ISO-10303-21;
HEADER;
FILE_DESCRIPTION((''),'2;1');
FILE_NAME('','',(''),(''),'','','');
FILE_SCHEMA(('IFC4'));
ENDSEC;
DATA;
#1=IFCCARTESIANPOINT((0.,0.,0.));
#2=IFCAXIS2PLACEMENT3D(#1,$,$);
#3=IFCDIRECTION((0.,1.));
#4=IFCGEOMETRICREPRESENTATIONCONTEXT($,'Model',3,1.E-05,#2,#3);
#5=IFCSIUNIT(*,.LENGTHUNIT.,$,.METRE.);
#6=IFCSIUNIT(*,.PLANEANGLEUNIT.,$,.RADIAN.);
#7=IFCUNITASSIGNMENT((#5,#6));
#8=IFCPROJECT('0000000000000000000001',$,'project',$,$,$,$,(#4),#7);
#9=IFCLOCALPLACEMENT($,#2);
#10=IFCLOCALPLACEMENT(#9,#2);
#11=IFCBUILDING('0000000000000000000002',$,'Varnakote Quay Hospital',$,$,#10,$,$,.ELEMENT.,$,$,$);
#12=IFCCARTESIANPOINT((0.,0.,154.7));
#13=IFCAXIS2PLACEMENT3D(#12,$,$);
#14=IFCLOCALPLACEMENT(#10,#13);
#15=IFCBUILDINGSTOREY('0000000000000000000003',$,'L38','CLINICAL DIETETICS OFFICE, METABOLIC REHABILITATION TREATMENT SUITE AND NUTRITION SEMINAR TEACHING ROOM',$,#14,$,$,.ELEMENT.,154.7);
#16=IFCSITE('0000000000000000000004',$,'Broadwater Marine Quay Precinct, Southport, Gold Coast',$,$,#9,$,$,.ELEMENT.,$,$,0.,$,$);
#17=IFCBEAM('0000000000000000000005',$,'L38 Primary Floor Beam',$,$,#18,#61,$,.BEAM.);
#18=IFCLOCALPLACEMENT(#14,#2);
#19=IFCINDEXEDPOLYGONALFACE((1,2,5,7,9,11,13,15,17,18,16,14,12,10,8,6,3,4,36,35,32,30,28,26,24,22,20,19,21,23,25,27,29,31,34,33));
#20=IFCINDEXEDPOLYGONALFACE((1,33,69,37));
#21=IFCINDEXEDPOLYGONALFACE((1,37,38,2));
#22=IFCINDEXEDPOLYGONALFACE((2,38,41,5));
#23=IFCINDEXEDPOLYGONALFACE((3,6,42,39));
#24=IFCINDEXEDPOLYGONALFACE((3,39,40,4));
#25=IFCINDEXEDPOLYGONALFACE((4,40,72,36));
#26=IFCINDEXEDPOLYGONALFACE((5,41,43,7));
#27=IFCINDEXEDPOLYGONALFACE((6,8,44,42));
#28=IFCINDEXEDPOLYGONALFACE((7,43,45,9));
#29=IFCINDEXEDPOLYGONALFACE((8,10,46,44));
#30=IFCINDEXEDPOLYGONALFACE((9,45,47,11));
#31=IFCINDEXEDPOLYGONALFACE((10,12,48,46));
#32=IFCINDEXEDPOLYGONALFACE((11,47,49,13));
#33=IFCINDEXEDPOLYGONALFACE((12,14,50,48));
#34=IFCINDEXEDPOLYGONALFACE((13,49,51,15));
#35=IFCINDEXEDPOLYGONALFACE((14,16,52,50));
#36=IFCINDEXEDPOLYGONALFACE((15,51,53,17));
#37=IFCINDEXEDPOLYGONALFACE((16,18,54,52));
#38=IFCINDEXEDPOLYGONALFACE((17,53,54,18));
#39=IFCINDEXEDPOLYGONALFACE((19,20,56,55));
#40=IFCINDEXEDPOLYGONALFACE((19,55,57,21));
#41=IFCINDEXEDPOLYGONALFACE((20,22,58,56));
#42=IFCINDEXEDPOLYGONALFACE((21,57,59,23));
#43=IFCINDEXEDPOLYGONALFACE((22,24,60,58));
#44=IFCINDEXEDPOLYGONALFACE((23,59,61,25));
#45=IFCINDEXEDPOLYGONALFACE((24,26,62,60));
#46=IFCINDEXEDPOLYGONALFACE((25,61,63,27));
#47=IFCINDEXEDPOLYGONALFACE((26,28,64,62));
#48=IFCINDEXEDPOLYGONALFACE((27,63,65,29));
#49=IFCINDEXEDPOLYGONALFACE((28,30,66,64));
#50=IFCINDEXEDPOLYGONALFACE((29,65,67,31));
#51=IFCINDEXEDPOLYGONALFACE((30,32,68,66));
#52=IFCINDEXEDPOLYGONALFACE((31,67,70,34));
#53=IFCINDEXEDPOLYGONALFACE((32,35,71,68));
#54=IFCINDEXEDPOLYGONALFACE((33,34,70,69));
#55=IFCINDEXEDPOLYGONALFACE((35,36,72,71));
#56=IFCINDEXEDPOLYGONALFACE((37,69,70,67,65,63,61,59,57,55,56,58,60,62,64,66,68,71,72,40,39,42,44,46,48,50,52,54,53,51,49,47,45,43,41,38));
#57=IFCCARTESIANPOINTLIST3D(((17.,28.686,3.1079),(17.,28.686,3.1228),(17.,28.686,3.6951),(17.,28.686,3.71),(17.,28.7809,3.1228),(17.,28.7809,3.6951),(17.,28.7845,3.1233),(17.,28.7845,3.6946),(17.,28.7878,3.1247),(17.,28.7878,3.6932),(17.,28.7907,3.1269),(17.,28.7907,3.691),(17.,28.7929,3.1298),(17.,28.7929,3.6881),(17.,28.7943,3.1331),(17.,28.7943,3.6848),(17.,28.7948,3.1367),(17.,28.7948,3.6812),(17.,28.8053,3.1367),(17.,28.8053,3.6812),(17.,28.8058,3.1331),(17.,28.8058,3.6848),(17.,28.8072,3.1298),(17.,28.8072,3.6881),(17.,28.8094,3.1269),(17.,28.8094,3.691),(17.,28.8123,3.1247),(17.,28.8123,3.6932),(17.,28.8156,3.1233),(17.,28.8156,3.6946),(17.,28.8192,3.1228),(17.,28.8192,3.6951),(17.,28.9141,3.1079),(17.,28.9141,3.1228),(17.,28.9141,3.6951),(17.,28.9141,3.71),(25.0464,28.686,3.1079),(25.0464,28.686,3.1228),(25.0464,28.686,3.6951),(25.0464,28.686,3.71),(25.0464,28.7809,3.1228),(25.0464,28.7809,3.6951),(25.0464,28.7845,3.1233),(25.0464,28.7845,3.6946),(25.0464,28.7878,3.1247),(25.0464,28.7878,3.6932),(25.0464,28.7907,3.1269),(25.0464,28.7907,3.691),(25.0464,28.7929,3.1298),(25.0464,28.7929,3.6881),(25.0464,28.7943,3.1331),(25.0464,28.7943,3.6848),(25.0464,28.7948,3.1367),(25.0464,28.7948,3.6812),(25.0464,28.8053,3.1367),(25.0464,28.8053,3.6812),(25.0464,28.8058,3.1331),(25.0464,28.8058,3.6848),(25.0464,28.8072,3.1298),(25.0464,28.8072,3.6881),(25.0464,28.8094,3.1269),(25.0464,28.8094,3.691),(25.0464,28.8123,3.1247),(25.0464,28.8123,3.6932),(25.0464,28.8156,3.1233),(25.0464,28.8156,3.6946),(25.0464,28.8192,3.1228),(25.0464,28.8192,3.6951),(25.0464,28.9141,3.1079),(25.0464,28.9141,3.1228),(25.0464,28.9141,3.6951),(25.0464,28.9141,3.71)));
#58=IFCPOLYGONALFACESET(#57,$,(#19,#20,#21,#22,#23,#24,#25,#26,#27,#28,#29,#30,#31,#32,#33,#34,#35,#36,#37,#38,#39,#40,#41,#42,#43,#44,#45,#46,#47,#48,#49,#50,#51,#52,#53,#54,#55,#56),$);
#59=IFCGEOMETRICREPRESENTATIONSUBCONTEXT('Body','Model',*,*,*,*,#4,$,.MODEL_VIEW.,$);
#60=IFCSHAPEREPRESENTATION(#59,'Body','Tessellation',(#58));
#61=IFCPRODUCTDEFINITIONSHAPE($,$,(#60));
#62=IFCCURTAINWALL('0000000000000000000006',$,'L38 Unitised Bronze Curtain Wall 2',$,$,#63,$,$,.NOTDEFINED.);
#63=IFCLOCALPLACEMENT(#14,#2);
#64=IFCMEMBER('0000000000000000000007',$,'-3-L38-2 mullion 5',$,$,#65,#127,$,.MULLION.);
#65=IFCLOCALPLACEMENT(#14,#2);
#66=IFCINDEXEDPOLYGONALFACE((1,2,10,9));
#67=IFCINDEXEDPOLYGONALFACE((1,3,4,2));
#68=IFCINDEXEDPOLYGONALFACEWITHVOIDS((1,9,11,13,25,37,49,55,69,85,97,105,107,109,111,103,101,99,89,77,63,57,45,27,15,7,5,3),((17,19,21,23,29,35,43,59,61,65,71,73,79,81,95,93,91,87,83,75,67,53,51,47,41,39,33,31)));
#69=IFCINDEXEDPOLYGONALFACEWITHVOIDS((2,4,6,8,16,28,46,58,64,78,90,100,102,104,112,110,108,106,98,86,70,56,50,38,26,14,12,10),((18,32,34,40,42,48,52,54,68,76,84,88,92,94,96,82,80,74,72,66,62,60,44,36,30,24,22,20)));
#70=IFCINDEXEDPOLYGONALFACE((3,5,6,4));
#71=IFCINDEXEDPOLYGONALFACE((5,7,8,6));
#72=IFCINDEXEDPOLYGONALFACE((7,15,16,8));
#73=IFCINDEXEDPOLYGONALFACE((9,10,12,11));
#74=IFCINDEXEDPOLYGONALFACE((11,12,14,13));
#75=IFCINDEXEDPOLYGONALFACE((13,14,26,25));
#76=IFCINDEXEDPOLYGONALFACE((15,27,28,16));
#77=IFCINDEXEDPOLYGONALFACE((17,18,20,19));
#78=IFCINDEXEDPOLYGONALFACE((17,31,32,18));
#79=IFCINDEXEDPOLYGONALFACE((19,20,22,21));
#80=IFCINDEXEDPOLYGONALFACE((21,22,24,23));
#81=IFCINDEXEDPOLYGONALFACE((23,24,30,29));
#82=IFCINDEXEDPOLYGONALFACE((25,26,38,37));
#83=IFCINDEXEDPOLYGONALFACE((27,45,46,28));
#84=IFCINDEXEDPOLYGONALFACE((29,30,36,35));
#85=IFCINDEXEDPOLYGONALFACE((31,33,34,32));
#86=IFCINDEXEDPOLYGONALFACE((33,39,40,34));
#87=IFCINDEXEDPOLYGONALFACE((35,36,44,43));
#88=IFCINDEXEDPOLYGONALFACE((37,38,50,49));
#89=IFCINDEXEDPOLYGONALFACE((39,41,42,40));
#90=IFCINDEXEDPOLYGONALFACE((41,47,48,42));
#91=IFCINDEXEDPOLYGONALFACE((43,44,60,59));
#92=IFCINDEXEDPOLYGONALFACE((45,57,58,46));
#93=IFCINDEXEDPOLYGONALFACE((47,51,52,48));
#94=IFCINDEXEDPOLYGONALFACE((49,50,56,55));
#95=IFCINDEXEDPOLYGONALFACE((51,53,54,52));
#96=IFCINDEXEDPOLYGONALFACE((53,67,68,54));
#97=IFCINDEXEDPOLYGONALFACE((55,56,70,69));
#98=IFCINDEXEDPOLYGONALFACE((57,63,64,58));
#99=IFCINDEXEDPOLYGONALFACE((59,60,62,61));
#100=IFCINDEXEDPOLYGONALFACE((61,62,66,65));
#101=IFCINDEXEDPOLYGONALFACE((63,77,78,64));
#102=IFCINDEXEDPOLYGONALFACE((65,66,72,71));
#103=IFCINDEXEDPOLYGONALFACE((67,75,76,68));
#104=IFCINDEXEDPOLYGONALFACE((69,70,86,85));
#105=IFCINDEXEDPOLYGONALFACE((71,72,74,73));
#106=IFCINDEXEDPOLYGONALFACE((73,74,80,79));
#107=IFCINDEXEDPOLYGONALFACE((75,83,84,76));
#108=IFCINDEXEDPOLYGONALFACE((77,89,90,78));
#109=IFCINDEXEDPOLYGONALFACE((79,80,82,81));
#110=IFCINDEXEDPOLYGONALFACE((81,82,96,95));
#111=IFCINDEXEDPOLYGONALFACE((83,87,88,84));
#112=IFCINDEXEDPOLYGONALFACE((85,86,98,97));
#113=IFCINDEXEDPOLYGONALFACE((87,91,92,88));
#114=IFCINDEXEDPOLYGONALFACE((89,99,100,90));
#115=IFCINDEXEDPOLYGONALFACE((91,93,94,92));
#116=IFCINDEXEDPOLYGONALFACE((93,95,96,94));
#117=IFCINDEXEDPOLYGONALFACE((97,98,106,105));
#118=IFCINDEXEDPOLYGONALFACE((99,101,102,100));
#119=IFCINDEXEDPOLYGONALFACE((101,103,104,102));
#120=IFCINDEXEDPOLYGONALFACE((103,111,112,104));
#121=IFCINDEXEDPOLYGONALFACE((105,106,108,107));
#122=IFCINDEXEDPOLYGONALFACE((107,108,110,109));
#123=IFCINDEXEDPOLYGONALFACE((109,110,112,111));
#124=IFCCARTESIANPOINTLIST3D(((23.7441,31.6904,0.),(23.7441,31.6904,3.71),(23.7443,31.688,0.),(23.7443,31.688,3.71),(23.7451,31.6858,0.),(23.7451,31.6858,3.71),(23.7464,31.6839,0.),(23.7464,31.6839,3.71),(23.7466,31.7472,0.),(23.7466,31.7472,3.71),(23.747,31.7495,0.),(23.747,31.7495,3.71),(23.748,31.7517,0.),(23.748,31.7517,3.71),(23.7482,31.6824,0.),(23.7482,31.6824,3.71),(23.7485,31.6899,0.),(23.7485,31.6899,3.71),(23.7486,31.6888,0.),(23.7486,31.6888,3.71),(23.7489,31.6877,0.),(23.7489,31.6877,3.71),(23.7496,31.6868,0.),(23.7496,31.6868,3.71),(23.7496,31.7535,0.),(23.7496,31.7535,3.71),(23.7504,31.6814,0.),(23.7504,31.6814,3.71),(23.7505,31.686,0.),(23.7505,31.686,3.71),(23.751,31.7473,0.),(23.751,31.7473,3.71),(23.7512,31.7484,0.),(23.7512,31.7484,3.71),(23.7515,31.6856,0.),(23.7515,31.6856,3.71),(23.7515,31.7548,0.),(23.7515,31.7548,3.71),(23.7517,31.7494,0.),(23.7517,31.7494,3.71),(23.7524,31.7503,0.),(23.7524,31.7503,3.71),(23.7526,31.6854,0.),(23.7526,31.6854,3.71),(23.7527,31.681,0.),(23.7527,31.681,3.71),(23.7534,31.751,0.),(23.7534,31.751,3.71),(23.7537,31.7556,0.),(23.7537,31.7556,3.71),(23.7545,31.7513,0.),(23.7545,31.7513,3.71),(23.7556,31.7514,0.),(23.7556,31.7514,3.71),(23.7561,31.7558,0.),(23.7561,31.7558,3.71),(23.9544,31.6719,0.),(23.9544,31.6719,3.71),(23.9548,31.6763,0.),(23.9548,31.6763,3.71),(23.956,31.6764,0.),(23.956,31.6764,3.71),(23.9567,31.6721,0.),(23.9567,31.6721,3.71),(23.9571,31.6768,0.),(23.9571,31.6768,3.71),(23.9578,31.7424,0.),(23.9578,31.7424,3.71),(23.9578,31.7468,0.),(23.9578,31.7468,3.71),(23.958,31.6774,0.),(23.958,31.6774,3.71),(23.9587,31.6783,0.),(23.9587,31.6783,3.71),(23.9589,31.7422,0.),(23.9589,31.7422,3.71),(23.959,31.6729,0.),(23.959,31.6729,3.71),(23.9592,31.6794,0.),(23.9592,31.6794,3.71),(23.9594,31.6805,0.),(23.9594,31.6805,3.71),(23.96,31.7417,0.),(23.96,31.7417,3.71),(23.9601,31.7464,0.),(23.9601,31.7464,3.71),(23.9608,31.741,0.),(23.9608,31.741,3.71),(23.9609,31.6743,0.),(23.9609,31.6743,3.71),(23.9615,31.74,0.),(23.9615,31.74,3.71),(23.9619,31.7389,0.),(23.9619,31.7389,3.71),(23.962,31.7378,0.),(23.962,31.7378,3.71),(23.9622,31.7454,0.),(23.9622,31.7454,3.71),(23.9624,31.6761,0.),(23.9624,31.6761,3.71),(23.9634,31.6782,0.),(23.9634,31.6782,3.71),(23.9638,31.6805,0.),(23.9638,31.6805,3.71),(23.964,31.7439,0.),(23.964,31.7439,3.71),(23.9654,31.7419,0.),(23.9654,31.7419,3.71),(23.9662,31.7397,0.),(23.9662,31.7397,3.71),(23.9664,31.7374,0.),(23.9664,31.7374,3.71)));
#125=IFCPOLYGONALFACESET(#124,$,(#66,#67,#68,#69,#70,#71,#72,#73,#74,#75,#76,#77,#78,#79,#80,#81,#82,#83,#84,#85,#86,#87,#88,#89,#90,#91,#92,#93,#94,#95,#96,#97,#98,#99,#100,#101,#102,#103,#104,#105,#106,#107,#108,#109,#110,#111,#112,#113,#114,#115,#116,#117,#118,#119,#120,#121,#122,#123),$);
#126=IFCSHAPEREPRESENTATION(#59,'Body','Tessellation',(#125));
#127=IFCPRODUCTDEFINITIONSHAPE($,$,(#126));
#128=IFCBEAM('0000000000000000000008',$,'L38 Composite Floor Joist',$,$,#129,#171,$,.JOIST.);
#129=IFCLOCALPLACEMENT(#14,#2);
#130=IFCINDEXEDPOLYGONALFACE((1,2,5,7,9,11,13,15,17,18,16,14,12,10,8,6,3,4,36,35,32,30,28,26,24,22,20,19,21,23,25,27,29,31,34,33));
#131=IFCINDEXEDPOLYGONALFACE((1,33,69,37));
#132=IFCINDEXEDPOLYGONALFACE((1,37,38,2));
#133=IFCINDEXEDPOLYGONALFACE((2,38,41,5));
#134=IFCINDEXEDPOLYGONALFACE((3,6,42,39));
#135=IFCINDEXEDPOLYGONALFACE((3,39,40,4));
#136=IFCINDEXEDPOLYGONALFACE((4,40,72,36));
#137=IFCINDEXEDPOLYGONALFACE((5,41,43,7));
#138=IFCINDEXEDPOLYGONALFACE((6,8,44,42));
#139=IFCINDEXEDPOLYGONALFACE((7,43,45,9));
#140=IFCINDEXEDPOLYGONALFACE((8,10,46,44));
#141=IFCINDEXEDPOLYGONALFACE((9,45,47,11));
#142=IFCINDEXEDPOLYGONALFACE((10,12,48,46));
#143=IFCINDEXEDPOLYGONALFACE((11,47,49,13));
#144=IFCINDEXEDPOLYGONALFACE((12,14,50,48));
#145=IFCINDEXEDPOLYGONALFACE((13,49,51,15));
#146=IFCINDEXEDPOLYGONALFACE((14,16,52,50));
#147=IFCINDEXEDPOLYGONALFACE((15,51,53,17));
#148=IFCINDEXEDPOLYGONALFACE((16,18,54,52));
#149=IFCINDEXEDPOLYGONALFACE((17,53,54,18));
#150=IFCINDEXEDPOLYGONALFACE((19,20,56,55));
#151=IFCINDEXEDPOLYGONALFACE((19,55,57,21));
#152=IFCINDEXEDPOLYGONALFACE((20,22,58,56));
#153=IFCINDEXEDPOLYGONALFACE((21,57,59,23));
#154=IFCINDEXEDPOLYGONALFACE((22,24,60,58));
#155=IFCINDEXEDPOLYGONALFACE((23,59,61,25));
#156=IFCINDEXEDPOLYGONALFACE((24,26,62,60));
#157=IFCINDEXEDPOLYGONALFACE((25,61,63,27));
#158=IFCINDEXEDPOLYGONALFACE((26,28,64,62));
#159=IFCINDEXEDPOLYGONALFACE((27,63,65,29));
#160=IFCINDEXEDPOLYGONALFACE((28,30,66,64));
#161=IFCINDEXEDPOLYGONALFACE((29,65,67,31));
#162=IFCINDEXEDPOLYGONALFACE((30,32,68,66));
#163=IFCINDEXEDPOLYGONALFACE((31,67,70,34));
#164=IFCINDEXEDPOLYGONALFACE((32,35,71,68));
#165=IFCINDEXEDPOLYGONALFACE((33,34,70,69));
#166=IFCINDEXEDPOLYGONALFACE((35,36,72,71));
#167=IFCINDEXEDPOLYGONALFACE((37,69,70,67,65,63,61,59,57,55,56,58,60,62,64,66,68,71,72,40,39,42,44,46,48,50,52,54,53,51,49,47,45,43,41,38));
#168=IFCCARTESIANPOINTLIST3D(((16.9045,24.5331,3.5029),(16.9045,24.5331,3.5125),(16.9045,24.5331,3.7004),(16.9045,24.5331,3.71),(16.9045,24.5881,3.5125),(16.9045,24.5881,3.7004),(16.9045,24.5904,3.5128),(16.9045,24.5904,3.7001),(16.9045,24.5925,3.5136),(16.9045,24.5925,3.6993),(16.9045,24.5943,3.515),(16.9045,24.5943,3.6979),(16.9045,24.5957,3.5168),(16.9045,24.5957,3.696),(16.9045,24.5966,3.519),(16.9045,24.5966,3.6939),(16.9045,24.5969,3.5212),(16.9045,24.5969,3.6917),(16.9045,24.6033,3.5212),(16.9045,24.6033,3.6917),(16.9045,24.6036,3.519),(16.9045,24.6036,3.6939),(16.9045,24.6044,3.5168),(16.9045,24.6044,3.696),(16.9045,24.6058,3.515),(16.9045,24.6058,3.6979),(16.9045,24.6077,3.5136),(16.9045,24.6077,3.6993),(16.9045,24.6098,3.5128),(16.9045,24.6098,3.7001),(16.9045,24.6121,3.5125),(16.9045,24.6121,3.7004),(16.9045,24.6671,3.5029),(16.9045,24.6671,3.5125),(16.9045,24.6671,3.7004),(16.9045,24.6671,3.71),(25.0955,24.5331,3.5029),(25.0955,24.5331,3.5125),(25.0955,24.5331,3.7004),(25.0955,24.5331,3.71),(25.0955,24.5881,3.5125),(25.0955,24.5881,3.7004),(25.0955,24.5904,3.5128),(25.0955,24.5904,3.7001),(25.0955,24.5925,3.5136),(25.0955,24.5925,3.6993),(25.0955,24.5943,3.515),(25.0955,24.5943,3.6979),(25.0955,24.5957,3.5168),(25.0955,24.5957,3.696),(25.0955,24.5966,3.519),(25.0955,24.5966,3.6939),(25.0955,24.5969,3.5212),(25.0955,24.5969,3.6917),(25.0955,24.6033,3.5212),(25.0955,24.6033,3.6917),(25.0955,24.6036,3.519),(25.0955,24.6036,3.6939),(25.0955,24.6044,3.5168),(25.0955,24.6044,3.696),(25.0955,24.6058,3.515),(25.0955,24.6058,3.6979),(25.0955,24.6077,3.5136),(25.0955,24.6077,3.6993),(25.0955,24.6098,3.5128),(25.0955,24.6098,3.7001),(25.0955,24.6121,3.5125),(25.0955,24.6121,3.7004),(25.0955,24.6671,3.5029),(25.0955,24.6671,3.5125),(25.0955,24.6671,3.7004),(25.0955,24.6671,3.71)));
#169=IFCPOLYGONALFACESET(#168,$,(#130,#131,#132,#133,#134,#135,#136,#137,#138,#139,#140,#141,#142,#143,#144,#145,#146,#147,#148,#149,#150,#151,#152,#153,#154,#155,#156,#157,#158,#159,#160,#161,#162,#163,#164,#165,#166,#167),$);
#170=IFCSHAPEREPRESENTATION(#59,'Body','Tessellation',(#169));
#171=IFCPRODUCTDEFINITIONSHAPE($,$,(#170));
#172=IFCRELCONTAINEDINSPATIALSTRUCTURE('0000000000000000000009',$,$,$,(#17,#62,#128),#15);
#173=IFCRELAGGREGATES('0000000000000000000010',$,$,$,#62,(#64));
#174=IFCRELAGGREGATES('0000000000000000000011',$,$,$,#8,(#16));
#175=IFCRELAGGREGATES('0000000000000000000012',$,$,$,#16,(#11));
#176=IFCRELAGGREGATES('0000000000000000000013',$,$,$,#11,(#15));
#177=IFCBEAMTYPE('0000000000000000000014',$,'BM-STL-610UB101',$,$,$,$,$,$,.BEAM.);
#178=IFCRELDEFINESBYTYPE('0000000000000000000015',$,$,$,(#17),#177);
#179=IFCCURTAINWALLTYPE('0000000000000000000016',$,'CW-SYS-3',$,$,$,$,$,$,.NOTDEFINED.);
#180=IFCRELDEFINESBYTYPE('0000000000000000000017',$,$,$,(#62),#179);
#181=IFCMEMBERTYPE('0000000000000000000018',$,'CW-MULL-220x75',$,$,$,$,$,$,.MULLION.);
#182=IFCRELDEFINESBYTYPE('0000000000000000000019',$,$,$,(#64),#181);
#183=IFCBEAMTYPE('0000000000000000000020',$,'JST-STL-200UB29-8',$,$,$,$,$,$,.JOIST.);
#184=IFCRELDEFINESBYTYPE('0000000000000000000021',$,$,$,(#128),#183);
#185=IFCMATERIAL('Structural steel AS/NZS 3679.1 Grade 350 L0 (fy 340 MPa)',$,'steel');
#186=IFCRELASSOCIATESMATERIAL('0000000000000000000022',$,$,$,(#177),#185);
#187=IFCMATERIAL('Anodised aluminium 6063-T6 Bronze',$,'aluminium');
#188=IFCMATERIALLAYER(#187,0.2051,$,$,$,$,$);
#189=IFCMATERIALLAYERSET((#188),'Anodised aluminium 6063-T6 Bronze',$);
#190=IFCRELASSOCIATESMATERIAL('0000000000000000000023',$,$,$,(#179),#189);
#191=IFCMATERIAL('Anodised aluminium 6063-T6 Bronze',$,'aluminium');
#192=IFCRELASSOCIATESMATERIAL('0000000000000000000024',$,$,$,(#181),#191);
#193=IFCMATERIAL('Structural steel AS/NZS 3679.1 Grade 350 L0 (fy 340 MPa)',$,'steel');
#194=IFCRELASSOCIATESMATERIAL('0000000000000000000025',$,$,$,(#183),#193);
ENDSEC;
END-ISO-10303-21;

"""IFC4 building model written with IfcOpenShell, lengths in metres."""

from ifc_helpers import new_model, si_unit, direction, frame, origin, origin_2d, place, context, subcontext, project, spatial, hollow_rectangle, i_section, extrude, material, layer, layer_set, material_profile, profile_set, type_object, element, aggregate, save


model = new_model("IFC4")

# Units and contexts
model_context = context("Model", 3, precision=1e-05, world=origin(), true_north=direction((0.0, 1.0)))
body_context = subcontext(model_context, "Body", "Model", "MODEL_VIEW")
ifc_project = project(units=[si_unit("LENGTHUNIT", "METRE"), si_unit("PLANEANGLEUNIT", "RADIAN")], contexts=[model_context])

# Site, building, storey
site_placement = place(None, origin())
site = spatial("IfcSite", under=ifc_project, at=site_placement, Name="Broadwater Marine Quay Precinct, Southport, Gold Coast", CompositionType="ELEMENT", RefElevation=0.0)
building_placement = place(site_placement, origin())
building = spatial("IfcBuilding", under=site, at=building_placement, Name="Varnakote Quay Hospital", CompositionType="ELEMENT")
storey_placement = place(building_placement, frame((0.0, 0.0, 154.7)))
storey = spatial("IfcBuildingStorey", under=building, at=storey_placement, Name="L38", Description="CLINICAL DIETETICS OFFICE, METABOLIC REHABILITATION TREATMENT SUITE AND NUTRITION SEMINAR TEACHING ROOM", CompositionType="ELEMENT", Elevation=154.7)

# Beam
ifc_material_1 = material(Name="Structural steel AS/NZS 3679.1 Grade 350 L0 (fy 340 MPa)", Category="steel")
ifc_material_profile_1 = material_profile(ifc_material_1, i_section(OverallWidth=0.228, OverallDepth=0.6021, WebThickness=0.0105, FlangeThickness=0.0149, FilletRadius=0.0139, at=origin_2d()), Name="610UB101")
ifc_profile_set_1 = profile_set([ifc_material_profile_1], Name="Structural steel AS/NZS 3679.1 Grade 350 L0 (fy 340 MPa)")
beam_type_1 = type_object("IfcBeamType", Name="BM-STL-610UB101", PredefinedType="BEAM", material=ifc_profile_set_1)
beam_1_placement = place(storey_placement, frame((17.0, 28.8, 3.4089), z_axis=(1.0, 0.0, 0.0), x_axis=(0.0, 1.0, 0.0)))
element("IfcBeam", 1, at=beam_1_placement, inside=storey, type_object=beam_type_1, Name="L38 Primary Floor Beam", PredefinedType="BEAM", context=body_context, shape_type="SweptSolid", body=[
    extrude(i_section(OverallWidth=0.228, OverallDepth=0.6021, WebThickness=0.0105, FlangeThickness=0.0149, FilletRadius=0.0139, at=origin_2d()), origin(), (0.0, 0.0, 1.0), 8.0464),
])

# Curtain wall, member
ifc_material_2 = material(Name="Anodised aluminium 6063-T6 Bronze", Category="aluminium")
ifc_layer_1 = layer(ifc_material_2, 0.2051)
ifc_layer_set_1 = layer_set([ifc_layer_1], Name="Anodised aluminium 6063-T6 Bronze")
curtain_wall_type = type_object("IfcCurtainWallType", Name="CW-SYS-3", PredefinedType="NOTDEFINED", material=ifc_layer_set_1)
curtain_wall_placement = place(storey_placement, origin())
curtain_wall = element("IfcCurtainWall", 2, at=curtain_wall_placement, inside=storey, type_object=curtain_wall_type, Name="L38 Unitised Bronze Curtain Wall 2", PredefinedType="NOTDEFINED")
ifc_material_3 = material(Name="Anodised aluminium 6063-T6 Bronze", Category="aluminium")
ifc_material_profile_2 = material_profile(ifc_material_3, hollow_rectangle(XDim=0.075, YDim=0.22, WallThickness=0.0044, InnerFilletRadius=0.0044, OuterFilletRadius=0.009, at=origin_2d()), Name="CW-MULL-220x75")
ifc_profile_set_2 = profile_set([ifc_material_profile_2], Name="Anodised aluminium 6063-T6 Bronze")
member_type = type_object("IfcMemberType", Name="CW-MULL-220x75", PredefinedType="MULLION", material=ifc_profile_set_2)
member_placement = place(storey_placement, frame((23.8552, 31.7139, 0.0), z_axis=(0.0, 0.0, 1.0), x_axis=(-0.044782, -0.998997, 0.0)))
member = element("IfcMember", 3, at=member_placement, type_object=member_type, Name="-3-L38-2 mullion 5", PredefinedType="MULLION", context=body_context, shape_type="SweptSolid", body=[
    extrude(hollow_rectangle(XDim=0.075, YDim=0.22, WallThickness=0.0044, InnerFilletRadius=0.0044, OuterFilletRadius=0.009, at=origin_2d()), origin(), (0.0, 0.0, 1.0), 3.71),
])

# Beam
ifc_material_4 = material(Name="Structural steel AS/NZS 3679.1 Grade 350 L0 (fy 340 MPa)", Category="steel")
ifc_material_profile_3 = material_profile(ifc_material_4, i_section(OverallWidth=0.134, OverallDepth=0.207, WebThickness=0.0063, FlangeThickness=0.0095, FilletRadius=0.0088, at=origin_2d()), Name="200UB29.8")
ifc_profile_set_3 = profile_set([ifc_material_profile_3], Name="Structural steel AS/NZS 3679.1 Grade 350 L0 (fy 340 MPa)")
beam_type_2 = type_object("IfcBeamType", Name="JST-STL-200UB29-8", PredefinedType="JOIST", material=ifc_profile_set_3)
beam_2_placement = place(storey_placement, frame((16.9045, 24.6001, 3.6064), z_axis=(1.0, 0.0, 0.0), x_axis=(0.0, 1.0, 0.0)))
element("IfcBeam", 4, at=beam_2_placement, inside=storey, type_object=beam_type_2, Name="L38 Composite Floor Joist", PredefinedType="JOIST", context=body_context, shape_type="SweptSolid", body=[
    extrude(i_section(OverallWidth=0.134, OverallDepth=0.207, WebThickness=0.0063, FlangeThickness=0.0095, FilletRadius=0.0088, at=origin_2d()), origin(), (0.0, 0.0, 1.0), 8.1909),
])

aggregate(curtain_wall, [member])

save(model, "model.ifc")
